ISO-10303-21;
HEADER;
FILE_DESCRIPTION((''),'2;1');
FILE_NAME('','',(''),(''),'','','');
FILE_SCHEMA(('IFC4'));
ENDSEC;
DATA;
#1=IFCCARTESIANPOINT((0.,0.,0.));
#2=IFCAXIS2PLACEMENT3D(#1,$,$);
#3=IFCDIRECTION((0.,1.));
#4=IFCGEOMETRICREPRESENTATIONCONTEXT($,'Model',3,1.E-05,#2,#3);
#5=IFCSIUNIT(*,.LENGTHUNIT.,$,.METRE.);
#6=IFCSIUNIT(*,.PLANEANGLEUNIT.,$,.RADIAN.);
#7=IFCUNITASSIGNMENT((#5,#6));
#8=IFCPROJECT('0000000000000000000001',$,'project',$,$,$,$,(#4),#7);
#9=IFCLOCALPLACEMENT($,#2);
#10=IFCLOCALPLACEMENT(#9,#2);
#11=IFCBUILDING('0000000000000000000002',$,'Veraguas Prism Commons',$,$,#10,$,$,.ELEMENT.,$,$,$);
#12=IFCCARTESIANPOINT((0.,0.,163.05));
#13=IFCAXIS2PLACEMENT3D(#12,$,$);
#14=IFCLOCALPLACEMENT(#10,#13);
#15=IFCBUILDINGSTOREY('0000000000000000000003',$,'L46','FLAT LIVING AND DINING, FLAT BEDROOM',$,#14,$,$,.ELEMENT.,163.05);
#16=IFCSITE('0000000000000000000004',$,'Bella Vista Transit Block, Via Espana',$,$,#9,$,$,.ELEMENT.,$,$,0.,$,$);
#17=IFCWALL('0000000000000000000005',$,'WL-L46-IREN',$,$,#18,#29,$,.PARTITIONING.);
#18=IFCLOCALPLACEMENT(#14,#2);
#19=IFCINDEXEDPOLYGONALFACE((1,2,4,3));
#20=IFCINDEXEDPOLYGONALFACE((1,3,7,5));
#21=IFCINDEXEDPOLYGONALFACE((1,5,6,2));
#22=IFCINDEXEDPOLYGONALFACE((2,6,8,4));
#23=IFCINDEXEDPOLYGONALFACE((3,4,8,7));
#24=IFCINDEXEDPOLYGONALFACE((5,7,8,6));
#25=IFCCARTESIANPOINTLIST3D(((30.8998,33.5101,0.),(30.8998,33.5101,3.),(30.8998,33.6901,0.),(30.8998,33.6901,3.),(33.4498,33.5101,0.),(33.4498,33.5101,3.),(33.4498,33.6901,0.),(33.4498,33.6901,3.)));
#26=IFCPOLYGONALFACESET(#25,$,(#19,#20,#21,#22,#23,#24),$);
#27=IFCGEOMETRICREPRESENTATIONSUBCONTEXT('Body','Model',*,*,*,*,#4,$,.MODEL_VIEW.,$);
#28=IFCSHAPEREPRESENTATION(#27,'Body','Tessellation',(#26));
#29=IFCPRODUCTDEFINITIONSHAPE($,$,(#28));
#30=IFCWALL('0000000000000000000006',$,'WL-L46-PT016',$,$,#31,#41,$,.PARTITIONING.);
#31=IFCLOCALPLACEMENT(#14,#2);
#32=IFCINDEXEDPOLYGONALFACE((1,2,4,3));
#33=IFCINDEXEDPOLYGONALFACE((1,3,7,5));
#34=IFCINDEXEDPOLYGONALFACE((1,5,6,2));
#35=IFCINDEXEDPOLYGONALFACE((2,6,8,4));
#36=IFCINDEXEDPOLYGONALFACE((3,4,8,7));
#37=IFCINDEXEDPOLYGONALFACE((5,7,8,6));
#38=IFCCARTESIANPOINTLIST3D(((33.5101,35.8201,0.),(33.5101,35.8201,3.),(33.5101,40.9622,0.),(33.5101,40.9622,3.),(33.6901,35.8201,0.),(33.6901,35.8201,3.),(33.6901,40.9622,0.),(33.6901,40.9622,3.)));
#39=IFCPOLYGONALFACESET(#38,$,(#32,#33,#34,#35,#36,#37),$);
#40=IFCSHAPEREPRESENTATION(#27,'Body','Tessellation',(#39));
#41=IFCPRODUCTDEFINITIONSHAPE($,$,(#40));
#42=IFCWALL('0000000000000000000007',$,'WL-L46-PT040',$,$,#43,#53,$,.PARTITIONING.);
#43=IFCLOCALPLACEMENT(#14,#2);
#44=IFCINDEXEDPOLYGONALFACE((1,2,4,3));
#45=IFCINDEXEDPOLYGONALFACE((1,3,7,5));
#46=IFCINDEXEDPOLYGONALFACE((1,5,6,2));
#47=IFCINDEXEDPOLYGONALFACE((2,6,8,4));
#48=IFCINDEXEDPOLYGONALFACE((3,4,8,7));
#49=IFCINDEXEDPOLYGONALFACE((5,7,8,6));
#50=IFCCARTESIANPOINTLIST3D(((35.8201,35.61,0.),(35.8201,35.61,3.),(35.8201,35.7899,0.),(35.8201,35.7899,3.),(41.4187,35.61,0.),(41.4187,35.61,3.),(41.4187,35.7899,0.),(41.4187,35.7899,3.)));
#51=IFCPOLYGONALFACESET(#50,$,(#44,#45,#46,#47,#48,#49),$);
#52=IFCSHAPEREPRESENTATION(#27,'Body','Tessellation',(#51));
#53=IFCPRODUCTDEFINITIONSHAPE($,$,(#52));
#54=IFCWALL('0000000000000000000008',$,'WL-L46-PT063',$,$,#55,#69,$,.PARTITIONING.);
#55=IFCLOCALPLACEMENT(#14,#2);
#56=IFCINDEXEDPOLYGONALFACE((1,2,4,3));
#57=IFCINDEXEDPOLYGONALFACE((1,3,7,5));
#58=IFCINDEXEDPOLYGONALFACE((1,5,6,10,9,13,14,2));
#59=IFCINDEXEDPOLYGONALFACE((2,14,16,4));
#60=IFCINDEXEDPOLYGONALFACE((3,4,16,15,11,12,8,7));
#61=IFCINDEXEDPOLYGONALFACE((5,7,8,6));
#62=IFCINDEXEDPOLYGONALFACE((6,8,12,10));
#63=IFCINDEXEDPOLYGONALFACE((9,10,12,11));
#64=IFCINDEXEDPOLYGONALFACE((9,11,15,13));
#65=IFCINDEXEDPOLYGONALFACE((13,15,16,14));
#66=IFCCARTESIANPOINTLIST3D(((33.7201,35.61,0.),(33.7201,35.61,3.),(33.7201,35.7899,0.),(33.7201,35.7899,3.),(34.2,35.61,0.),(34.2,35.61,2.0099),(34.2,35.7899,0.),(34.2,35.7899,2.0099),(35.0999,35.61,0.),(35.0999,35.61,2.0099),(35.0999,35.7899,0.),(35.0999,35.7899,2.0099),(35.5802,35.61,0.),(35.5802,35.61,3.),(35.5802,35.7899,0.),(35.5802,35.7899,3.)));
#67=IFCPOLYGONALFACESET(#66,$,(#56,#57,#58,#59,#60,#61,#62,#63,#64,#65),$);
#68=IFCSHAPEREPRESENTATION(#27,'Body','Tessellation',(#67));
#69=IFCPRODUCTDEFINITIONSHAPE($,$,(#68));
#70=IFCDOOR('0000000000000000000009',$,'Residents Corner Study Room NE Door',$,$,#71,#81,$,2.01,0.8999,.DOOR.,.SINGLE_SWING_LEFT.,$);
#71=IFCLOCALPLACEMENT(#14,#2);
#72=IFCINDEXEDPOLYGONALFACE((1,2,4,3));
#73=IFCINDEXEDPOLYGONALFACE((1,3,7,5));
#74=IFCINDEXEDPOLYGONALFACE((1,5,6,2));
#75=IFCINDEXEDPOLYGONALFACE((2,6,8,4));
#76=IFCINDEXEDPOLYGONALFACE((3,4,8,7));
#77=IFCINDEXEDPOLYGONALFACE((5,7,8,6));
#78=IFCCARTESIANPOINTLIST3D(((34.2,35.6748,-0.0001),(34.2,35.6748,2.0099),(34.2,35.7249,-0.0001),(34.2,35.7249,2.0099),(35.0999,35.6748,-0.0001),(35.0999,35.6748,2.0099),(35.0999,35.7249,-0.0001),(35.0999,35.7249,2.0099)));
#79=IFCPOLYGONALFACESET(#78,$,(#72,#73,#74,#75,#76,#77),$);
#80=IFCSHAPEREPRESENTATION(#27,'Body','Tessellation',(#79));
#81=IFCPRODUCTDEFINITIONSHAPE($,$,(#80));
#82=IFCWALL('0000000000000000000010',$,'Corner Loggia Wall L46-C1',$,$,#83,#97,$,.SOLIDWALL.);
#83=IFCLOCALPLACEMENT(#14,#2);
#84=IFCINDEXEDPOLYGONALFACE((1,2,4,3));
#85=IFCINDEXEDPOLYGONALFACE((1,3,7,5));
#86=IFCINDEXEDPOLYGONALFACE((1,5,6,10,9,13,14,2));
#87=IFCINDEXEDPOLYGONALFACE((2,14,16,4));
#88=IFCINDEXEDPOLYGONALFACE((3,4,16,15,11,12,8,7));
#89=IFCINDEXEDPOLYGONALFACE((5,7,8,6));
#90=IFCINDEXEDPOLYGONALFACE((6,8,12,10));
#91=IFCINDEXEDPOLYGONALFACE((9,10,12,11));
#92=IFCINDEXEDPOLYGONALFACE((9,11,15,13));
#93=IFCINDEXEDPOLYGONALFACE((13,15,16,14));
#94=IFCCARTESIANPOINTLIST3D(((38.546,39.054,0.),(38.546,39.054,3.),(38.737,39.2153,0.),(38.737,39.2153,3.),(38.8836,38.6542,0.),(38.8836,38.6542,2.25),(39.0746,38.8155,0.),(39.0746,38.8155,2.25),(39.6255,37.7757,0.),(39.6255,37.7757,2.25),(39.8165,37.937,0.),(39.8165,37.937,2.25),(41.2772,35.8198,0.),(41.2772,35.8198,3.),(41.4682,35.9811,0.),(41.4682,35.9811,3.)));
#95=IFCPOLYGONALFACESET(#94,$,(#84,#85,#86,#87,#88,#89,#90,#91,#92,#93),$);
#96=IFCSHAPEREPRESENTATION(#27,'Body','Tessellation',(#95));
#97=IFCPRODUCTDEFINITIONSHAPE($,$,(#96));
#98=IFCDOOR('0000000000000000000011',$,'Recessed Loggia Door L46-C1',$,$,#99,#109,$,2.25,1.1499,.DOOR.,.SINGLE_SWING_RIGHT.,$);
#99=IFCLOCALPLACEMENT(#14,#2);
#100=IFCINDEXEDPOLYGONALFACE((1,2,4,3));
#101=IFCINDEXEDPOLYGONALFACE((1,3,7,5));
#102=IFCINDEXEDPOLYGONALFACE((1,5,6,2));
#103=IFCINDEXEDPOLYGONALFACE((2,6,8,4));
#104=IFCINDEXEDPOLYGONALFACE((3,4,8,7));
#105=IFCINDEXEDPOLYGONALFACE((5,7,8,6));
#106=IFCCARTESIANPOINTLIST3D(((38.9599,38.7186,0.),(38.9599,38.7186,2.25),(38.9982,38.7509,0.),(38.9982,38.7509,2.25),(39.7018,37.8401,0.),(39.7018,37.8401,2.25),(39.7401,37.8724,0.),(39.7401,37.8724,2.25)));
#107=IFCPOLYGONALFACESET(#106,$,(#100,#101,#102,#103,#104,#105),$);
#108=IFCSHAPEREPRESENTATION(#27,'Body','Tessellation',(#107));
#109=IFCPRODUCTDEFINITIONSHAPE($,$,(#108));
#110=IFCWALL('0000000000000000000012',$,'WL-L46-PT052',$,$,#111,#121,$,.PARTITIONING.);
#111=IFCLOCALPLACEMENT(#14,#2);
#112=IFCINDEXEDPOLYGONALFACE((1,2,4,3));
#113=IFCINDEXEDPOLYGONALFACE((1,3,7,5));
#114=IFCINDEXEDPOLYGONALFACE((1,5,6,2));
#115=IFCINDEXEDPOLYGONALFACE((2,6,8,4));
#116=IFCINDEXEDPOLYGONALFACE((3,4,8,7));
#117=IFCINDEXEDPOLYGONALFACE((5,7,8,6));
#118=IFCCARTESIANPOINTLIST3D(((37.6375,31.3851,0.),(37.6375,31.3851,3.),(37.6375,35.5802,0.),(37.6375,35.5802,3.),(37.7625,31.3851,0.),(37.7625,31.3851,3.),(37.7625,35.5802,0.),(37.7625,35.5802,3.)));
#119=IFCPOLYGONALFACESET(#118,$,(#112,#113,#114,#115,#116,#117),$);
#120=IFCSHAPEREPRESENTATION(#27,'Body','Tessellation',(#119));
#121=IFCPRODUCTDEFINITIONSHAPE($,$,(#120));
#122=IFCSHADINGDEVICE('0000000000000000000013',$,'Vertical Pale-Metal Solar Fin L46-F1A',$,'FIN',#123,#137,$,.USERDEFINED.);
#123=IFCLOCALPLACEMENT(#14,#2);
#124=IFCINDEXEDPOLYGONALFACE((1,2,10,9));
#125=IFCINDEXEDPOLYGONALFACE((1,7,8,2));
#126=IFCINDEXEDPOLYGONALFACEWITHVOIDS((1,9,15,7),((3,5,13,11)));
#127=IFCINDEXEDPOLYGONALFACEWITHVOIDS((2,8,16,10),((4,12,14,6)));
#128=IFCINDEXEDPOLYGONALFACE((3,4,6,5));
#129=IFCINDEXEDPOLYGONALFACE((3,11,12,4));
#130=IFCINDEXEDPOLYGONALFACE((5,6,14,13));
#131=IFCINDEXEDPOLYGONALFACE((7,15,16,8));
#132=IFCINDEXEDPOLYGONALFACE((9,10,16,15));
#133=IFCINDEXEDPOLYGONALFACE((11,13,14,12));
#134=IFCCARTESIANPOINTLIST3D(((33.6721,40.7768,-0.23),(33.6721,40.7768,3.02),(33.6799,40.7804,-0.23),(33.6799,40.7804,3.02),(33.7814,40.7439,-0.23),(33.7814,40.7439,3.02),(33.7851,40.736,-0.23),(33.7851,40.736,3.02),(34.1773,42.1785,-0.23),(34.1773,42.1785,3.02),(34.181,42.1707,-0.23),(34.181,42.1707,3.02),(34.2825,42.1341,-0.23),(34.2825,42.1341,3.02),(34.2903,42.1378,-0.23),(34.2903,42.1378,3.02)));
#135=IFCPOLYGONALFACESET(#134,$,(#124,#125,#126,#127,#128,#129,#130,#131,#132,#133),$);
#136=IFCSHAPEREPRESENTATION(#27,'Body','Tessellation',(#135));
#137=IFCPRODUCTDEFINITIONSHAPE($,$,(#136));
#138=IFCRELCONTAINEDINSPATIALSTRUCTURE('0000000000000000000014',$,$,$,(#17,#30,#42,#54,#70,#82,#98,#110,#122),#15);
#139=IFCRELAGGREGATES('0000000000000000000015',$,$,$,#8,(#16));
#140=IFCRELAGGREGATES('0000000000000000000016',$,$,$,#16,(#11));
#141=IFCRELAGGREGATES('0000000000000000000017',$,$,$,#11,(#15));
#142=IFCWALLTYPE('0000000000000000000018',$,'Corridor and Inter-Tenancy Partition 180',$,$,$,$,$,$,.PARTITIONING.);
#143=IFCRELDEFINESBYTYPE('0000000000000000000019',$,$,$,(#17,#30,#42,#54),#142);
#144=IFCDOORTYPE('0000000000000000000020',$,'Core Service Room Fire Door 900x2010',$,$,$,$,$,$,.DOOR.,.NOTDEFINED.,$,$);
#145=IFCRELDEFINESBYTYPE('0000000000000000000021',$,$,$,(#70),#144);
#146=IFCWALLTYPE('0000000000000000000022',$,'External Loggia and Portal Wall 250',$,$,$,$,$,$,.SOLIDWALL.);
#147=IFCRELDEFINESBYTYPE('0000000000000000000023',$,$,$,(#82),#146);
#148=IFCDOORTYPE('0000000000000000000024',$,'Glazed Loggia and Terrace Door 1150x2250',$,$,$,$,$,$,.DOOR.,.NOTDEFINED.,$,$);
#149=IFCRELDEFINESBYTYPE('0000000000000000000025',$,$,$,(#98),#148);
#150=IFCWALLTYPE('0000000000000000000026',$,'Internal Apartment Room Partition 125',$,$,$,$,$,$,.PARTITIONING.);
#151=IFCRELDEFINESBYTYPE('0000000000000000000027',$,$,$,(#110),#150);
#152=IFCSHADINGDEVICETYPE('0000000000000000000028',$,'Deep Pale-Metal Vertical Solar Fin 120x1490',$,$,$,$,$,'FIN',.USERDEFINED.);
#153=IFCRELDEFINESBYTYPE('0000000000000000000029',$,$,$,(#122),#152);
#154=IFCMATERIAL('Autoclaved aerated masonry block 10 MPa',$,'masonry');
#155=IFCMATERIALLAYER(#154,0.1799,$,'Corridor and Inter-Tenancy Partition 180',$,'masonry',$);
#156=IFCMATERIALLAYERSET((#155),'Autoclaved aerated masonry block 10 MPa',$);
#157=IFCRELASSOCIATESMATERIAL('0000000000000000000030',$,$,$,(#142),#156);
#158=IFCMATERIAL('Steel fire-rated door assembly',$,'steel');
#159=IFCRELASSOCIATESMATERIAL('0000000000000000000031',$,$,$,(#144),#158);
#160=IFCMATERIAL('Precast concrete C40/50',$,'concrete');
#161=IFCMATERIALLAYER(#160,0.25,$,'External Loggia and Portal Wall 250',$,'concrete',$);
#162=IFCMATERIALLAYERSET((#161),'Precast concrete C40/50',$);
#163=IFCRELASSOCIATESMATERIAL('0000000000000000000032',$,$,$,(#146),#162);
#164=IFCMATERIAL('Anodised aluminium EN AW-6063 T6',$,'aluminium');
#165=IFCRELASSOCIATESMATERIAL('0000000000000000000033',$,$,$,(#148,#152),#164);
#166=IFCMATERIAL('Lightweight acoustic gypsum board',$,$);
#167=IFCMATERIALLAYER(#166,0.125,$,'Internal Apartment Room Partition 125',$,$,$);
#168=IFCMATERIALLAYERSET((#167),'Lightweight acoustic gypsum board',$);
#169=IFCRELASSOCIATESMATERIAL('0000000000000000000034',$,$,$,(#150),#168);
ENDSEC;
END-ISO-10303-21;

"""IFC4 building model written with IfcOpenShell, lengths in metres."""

from ifc_helpers import new_model, si_unit, direction, frame, frame_2d, origin, origin_2d, place, context, subcontext, project, spatial, rectangle, hollow_rectangle, extrude, source, transform, mapped, material, layer, layer_set, material_profile, profile_set, type_object, element, fill, save


model = new_model("IFC4")

# Units and contexts
model_context = context("Model", 3, precision=1e-05, world=origin(), true_north=direction((0.0, 1.0)))
body_context = subcontext(model_context, "Body", "Model", "MODEL_VIEW")
ifc_project = project(units=[si_unit("LENGTHUNIT", "METRE"), si_unit("PLANEANGLEUNIT", "RADIAN")], contexts=[model_context])

# Site, building, storey
site_placement = place(None, origin())
site = spatial("IfcSite", under=ifc_project, at=site_placement, Name="Bella Vista Transit Block, Via Espana", CompositionType="ELEMENT", RefElevation=0.0)
building_placement = place(site_placement, origin())
building = spatial("IfcBuilding", under=site, at=building_placement, Name="Veraguas Prism Commons", CompositionType="ELEMENT")
storey_placement = place(building_placement, frame((0.0, 0.0, 163.05)))
storey = spatial("IfcBuildingStorey", under=building, at=storey_placement, Name="L46", Description="FLAT LIVING AND DINING, FLAT BEDROOM", CompositionType="ELEMENT", Elevation=163.05)

# Shared definitions
ifc_material_1 = material(Name="Anodised aluminium EN AW-6063 T6", Category="aluminium")

# Walls
ifc_material_2 = material(Name="Autoclaved aerated masonry block 10 MPa", Category="masonry")
ifc_layer_1 = layer(ifc_material_2, 0.1799, Name="Corridor and Inter-Tenancy Partition 180", Category="masonry")
ifc_layer_set_1 = layer_set([ifc_layer_1], Name="Autoclaved aerated masonry block 10 MPa")
wall_type_1 = type_object("IfcWallType", Name="Corridor and Inter-Tenancy Partition 180", PredefinedType="PARTITIONING", material=ifc_layer_set_1)
wall_1_placement = place(storey_placement, frame((30.8999, 33.6001, 0.0), z_axis=(0.0, 0.0, 1.0), x_axis=(1.0, 0.0, 0.0)))
element("IfcWall", 1, at=wall_1_placement, inside=storey, type_object=wall_type_1, Name="WL-L46-IREN", PredefinedType="PARTITIONING", context=body_context, shape_type="SweptSolid", body=[
    extrude(rectangle(XDim=2.55, YDim=0.1799, at=frame_2d((1.2749, 0.0))), origin(), (0.0, 0.0, 1.0), 3.0),
])
wall_2_placement = place(storey_placement, frame((33.6001, 35.8201, 0.0), z_axis=(0.0, 0.0, 1.0), x_axis=(0.0, 1.0, 0.0)))
element("IfcWall", 2, at=wall_2_placement, inside=storey, type_object=wall_type_1, Name="WL-L46-PT016", PredefinedType="PARTITIONING", context=body_context, shape_type="SweptSolid", body=[
    extrude(rectangle(XDim=5.1421, YDim=0.1799, at=frame_2d((2.571, 0.0))), origin(), (0.0, 0.0, 1.0), 3.0),
])
wall_3_placement = place(storey_placement, frame((35.8201, 35.7, 0.0), z_axis=(0.0, 0.0, 1.0), x_axis=(1.0, 0.0, 0.0)))
element("IfcWall", 3, at=wall_3_placement, inside=storey, type_object=wall_type_1, Name="WL-L46-PT040", PredefinedType="PARTITIONING", context=body_context, shape_type="SweptSolid", body=[
    extrude(rectangle(XDim=5.5986, YDim=0.1799, at=frame_2d((2.7993, 0.0))), origin(), (0.0, 0.0, 1.0), 3.0),
])

# Walls, openings, doors
wall_4_placement = place(storey_placement, frame((33.72, 35.7, 0.0), z_axis=(0.0, 0.0, 1.0), x_axis=(1.0, 0.0, 0.0)))
wall_4 = element("IfcWall", 4, at=wall_4_placement, inside=storey, type_object=wall_type_1, Name="WL-L46-PT063", PredefinedType="PARTITIONING", context=body_context, shape_type="SweptSolid", body=[
    extrude(rectangle(XDim=1.8601, YDim=0.1799, at=frame_2d((0.9302, 0.0))), origin(), (0.0, 0.0, 1.0), 3.0),
])
opening_1_placement = place(wall_4_placement, frame((0.48, 0.0, 0.0)))
opening_1 = element("IfcOpeningElement", 5, at=opening_1_placement, cuts=wall_4, PredefinedType="OPENING", context=body_context, shape_type="SweptSolid", body=[
    extrude(rectangle(XDim=0.8999, YDim=2.01, at=frame_2d((0.45, 1.0049))), frame((0.0, 0.0999, 0.0), z_axis=(0.0, -1.0, 0.0), x_axis=(1.0, 0.0, 0.0)), (0.0, 0.0, 1.0), 0.2),
])
ifc_material_3 = material(Name="Steel fire-rated door assembly", Category="steel")
door_type_1 = type_object("IfcDoorType", Name="Core Service Room Fire Door 900x2010", OperationType="NOTDEFINED", PredefinedType="DOOR", material=ifc_material_3)
shared_shape_1 = source(origin(), body_context, "Body", "SweptSolid", [
    extrude(rectangle(XDim=0.8999, YDim=2.01, at=frame_2d((0.45, 1.0049))), frame((0.0, 0.0249, 0.0), z_axis=(0.0, -1.0, 0.0), x_axis=(1.0, 0.0, 0.0)), (0.0, 0.0, 1.0), 0.05),
])
door_1_placement = place(opening_1_placement, origin())
door_1 = element("IfcDoor", 6, at=door_1_placement, inside=storey, type_object=door_type_1, Name="Residents Corner Study Room NE Door", OperationType="SINGLE_SWING_LEFT", OverallHeight=2.01, OverallWidth=0.8999, PredefinedType="DOOR", context=body_context, shape_type="MappedRepresentation", body=[
    mapped(shared_shape_1, transform((0.0, 0.0, 0.0), scale=1.0)),
])
fill(opening_1, door_1)
ifc_material_4 = material(Name="Precast concrete C40/50", Category="concrete")
ifc_layer_2 = layer(ifc_material_4, 0.25, Name="External Loggia and Portal Wall 250", Category="concrete")
ifc_layer_set_2 = layer_set([ifc_layer_2], Name="Precast concrete C40/50")
wall_type_2 = type_object("IfcWallType", Name="External Loggia and Portal Wall 250", PredefinedType="SOLIDWALL", material=ifc_layer_set_2)
wall_5_placement = place(storey_placement, frame((41.3728, 35.9004, 0.0), z_axis=(0.0, 0.0, 1.0), x_axis=(-0.645203, 0.764012, 0.0)))
wall_5 = element("IfcWall", 7, at=wall_5_placement, inside=storey, type_object=wall_type_2, Name="Corner Loggia Wall L46-C1", PredefinedType="SOLIDWALL", context=body_context, shape_type="SweptSolid", body=[
    extrude(rectangle(XDim=4.2332, YDim=0.25, at=frame_2d((2.1167, 0.0))), origin(), (0.0, 0.0, 1.0), 3.0),
])
opening_2_placement = place(wall_5_placement, frame((2.5601, 0.0, 0.0)))
opening_2 = element("IfcOpeningElement", 8, at=opening_2_placement, cuts=wall_5, PredefinedType="OPENING", context=body_context, shape_type="SweptSolid", body=[
    extrude(rectangle(XDim=1.1499, YDim=2.25, at=frame_2d((0.575, 1.125))), frame((0.0, 0.135, 0.0), z_axis=(0.0, -1.0, 0.0), x_axis=(1.0, 0.0, 0.0)), (0.0, 0.0, 1.0), 0.27),
])
door_type_2 = type_object("IfcDoorType", Name="Glazed Loggia and Terrace Door 1150x2250", OperationType="NOTDEFINED", PredefinedType="DOOR", material=ifc_material_1)
shared_shape_2 = source(origin(), body_context, "Body", "SweptSolid", [
    extrude(rectangle(XDim=1.1499, YDim=2.25, at=frame_2d((0.575, 1.125))), frame((0.0, 0.0249, 0.0), z_axis=(0.0, -1.0, 0.0), x_axis=(1.0, 0.0, 0.0)), (0.0, 0.0, 1.0), 0.05),
])
door_2_placement = place(opening_2_placement, frame((1.1499, 0.0, 0.0), z_axis=(0.0, 0.0, 1.0), x_axis=(-1.0, 0.0, 0.0)))
door_2 = element("IfcDoor", 9, at=door_2_placement, inside=storey, type_object=door_type_2, Name="Recessed Loggia Door L46-C1", OperationType="SINGLE_SWING_RIGHT", OverallHeight=2.25, OverallWidth=1.1499, PredefinedType="DOOR", context=body_context, shape_type="MappedRepresentation", body=[
    mapped(shared_shape_2, transform((0.0, 0.0, 0.0), scale=1.0)),
])
fill(opening_2, door_2)

# Wall
ifc_material_5 = material(Name="Lightweight acoustic gypsum board")
ifc_layer_3 = layer(ifc_material_5, 0.125, Name="Internal Apartment Room Partition 125")
ifc_layer_set_3 = layer_set([ifc_layer_3], Name="Lightweight acoustic gypsum board")
wall_type_3 = type_object("IfcWallType", Name="Internal Apartment Room Partition 125", PredefinedType="PARTITIONING", material=ifc_layer_set_3)
wall_6_placement = place(storey_placement, frame((37.7, 31.385, 0.0), z_axis=(0.0, 0.0, 1.0), x_axis=(0.0, 1.0, 0.0)))
element("IfcWall", 10, at=wall_6_placement, inside=storey, type_object=wall_type_3, Name="WL-L46-PT052", PredefinedType="PARTITIONING", context=body_context, shape_type="SweptSolid", body=[
    extrude(rectangle(XDim=4.1951, YDim=0.125, at=frame_2d((2.0977, 0.0))), origin(), (0.0, 0.0, 1.0), 3.0),
])

# Shading device
ifc_material_profile_1 = material_profile(ifc_material_1, hollow_rectangle(XDim=0.1201, YDim=1.49, WallThickness=0.0061, at=origin_2d()), Name="FIN120X1490X6")
ifc_profile_set_1 = profile_set([ifc_material_profile_1], Name="Anodised aluminium EN AW-6063 T6")
shading_device_type = type_object("IfcShadingDeviceType", Name="Deep Pale-Metal Vertical Solar Fin 120x1490", ElementType="FIN", PredefinedType="USERDEFINED", material=ifc_profile_set_1)
shading_device_placement = place(storey_placement, frame((33.9812, 41.4573, -0.23), z_axis=(0.0, 0.0, 1.0), x_axis=(-0.940762, 0.339068, 0.0)))
element("IfcShadingDevice", 11, at=shading_device_placement, inside=storey, type_object=shading_device_type, Name="Vertical Pale-Metal Solar Fin L46-F1A", ObjectType="FIN", PredefinedType="USERDEFINED", context=body_context, shape_type="SweptSolid", body=[
    extrude(hollow_rectangle(XDim=0.1201, YDim=1.49, WallThickness=0.0061, at=origin_2d()), origin(), (0.0, 0.0, 1.0), 3.25),
])

save(model, "model.ifc")
